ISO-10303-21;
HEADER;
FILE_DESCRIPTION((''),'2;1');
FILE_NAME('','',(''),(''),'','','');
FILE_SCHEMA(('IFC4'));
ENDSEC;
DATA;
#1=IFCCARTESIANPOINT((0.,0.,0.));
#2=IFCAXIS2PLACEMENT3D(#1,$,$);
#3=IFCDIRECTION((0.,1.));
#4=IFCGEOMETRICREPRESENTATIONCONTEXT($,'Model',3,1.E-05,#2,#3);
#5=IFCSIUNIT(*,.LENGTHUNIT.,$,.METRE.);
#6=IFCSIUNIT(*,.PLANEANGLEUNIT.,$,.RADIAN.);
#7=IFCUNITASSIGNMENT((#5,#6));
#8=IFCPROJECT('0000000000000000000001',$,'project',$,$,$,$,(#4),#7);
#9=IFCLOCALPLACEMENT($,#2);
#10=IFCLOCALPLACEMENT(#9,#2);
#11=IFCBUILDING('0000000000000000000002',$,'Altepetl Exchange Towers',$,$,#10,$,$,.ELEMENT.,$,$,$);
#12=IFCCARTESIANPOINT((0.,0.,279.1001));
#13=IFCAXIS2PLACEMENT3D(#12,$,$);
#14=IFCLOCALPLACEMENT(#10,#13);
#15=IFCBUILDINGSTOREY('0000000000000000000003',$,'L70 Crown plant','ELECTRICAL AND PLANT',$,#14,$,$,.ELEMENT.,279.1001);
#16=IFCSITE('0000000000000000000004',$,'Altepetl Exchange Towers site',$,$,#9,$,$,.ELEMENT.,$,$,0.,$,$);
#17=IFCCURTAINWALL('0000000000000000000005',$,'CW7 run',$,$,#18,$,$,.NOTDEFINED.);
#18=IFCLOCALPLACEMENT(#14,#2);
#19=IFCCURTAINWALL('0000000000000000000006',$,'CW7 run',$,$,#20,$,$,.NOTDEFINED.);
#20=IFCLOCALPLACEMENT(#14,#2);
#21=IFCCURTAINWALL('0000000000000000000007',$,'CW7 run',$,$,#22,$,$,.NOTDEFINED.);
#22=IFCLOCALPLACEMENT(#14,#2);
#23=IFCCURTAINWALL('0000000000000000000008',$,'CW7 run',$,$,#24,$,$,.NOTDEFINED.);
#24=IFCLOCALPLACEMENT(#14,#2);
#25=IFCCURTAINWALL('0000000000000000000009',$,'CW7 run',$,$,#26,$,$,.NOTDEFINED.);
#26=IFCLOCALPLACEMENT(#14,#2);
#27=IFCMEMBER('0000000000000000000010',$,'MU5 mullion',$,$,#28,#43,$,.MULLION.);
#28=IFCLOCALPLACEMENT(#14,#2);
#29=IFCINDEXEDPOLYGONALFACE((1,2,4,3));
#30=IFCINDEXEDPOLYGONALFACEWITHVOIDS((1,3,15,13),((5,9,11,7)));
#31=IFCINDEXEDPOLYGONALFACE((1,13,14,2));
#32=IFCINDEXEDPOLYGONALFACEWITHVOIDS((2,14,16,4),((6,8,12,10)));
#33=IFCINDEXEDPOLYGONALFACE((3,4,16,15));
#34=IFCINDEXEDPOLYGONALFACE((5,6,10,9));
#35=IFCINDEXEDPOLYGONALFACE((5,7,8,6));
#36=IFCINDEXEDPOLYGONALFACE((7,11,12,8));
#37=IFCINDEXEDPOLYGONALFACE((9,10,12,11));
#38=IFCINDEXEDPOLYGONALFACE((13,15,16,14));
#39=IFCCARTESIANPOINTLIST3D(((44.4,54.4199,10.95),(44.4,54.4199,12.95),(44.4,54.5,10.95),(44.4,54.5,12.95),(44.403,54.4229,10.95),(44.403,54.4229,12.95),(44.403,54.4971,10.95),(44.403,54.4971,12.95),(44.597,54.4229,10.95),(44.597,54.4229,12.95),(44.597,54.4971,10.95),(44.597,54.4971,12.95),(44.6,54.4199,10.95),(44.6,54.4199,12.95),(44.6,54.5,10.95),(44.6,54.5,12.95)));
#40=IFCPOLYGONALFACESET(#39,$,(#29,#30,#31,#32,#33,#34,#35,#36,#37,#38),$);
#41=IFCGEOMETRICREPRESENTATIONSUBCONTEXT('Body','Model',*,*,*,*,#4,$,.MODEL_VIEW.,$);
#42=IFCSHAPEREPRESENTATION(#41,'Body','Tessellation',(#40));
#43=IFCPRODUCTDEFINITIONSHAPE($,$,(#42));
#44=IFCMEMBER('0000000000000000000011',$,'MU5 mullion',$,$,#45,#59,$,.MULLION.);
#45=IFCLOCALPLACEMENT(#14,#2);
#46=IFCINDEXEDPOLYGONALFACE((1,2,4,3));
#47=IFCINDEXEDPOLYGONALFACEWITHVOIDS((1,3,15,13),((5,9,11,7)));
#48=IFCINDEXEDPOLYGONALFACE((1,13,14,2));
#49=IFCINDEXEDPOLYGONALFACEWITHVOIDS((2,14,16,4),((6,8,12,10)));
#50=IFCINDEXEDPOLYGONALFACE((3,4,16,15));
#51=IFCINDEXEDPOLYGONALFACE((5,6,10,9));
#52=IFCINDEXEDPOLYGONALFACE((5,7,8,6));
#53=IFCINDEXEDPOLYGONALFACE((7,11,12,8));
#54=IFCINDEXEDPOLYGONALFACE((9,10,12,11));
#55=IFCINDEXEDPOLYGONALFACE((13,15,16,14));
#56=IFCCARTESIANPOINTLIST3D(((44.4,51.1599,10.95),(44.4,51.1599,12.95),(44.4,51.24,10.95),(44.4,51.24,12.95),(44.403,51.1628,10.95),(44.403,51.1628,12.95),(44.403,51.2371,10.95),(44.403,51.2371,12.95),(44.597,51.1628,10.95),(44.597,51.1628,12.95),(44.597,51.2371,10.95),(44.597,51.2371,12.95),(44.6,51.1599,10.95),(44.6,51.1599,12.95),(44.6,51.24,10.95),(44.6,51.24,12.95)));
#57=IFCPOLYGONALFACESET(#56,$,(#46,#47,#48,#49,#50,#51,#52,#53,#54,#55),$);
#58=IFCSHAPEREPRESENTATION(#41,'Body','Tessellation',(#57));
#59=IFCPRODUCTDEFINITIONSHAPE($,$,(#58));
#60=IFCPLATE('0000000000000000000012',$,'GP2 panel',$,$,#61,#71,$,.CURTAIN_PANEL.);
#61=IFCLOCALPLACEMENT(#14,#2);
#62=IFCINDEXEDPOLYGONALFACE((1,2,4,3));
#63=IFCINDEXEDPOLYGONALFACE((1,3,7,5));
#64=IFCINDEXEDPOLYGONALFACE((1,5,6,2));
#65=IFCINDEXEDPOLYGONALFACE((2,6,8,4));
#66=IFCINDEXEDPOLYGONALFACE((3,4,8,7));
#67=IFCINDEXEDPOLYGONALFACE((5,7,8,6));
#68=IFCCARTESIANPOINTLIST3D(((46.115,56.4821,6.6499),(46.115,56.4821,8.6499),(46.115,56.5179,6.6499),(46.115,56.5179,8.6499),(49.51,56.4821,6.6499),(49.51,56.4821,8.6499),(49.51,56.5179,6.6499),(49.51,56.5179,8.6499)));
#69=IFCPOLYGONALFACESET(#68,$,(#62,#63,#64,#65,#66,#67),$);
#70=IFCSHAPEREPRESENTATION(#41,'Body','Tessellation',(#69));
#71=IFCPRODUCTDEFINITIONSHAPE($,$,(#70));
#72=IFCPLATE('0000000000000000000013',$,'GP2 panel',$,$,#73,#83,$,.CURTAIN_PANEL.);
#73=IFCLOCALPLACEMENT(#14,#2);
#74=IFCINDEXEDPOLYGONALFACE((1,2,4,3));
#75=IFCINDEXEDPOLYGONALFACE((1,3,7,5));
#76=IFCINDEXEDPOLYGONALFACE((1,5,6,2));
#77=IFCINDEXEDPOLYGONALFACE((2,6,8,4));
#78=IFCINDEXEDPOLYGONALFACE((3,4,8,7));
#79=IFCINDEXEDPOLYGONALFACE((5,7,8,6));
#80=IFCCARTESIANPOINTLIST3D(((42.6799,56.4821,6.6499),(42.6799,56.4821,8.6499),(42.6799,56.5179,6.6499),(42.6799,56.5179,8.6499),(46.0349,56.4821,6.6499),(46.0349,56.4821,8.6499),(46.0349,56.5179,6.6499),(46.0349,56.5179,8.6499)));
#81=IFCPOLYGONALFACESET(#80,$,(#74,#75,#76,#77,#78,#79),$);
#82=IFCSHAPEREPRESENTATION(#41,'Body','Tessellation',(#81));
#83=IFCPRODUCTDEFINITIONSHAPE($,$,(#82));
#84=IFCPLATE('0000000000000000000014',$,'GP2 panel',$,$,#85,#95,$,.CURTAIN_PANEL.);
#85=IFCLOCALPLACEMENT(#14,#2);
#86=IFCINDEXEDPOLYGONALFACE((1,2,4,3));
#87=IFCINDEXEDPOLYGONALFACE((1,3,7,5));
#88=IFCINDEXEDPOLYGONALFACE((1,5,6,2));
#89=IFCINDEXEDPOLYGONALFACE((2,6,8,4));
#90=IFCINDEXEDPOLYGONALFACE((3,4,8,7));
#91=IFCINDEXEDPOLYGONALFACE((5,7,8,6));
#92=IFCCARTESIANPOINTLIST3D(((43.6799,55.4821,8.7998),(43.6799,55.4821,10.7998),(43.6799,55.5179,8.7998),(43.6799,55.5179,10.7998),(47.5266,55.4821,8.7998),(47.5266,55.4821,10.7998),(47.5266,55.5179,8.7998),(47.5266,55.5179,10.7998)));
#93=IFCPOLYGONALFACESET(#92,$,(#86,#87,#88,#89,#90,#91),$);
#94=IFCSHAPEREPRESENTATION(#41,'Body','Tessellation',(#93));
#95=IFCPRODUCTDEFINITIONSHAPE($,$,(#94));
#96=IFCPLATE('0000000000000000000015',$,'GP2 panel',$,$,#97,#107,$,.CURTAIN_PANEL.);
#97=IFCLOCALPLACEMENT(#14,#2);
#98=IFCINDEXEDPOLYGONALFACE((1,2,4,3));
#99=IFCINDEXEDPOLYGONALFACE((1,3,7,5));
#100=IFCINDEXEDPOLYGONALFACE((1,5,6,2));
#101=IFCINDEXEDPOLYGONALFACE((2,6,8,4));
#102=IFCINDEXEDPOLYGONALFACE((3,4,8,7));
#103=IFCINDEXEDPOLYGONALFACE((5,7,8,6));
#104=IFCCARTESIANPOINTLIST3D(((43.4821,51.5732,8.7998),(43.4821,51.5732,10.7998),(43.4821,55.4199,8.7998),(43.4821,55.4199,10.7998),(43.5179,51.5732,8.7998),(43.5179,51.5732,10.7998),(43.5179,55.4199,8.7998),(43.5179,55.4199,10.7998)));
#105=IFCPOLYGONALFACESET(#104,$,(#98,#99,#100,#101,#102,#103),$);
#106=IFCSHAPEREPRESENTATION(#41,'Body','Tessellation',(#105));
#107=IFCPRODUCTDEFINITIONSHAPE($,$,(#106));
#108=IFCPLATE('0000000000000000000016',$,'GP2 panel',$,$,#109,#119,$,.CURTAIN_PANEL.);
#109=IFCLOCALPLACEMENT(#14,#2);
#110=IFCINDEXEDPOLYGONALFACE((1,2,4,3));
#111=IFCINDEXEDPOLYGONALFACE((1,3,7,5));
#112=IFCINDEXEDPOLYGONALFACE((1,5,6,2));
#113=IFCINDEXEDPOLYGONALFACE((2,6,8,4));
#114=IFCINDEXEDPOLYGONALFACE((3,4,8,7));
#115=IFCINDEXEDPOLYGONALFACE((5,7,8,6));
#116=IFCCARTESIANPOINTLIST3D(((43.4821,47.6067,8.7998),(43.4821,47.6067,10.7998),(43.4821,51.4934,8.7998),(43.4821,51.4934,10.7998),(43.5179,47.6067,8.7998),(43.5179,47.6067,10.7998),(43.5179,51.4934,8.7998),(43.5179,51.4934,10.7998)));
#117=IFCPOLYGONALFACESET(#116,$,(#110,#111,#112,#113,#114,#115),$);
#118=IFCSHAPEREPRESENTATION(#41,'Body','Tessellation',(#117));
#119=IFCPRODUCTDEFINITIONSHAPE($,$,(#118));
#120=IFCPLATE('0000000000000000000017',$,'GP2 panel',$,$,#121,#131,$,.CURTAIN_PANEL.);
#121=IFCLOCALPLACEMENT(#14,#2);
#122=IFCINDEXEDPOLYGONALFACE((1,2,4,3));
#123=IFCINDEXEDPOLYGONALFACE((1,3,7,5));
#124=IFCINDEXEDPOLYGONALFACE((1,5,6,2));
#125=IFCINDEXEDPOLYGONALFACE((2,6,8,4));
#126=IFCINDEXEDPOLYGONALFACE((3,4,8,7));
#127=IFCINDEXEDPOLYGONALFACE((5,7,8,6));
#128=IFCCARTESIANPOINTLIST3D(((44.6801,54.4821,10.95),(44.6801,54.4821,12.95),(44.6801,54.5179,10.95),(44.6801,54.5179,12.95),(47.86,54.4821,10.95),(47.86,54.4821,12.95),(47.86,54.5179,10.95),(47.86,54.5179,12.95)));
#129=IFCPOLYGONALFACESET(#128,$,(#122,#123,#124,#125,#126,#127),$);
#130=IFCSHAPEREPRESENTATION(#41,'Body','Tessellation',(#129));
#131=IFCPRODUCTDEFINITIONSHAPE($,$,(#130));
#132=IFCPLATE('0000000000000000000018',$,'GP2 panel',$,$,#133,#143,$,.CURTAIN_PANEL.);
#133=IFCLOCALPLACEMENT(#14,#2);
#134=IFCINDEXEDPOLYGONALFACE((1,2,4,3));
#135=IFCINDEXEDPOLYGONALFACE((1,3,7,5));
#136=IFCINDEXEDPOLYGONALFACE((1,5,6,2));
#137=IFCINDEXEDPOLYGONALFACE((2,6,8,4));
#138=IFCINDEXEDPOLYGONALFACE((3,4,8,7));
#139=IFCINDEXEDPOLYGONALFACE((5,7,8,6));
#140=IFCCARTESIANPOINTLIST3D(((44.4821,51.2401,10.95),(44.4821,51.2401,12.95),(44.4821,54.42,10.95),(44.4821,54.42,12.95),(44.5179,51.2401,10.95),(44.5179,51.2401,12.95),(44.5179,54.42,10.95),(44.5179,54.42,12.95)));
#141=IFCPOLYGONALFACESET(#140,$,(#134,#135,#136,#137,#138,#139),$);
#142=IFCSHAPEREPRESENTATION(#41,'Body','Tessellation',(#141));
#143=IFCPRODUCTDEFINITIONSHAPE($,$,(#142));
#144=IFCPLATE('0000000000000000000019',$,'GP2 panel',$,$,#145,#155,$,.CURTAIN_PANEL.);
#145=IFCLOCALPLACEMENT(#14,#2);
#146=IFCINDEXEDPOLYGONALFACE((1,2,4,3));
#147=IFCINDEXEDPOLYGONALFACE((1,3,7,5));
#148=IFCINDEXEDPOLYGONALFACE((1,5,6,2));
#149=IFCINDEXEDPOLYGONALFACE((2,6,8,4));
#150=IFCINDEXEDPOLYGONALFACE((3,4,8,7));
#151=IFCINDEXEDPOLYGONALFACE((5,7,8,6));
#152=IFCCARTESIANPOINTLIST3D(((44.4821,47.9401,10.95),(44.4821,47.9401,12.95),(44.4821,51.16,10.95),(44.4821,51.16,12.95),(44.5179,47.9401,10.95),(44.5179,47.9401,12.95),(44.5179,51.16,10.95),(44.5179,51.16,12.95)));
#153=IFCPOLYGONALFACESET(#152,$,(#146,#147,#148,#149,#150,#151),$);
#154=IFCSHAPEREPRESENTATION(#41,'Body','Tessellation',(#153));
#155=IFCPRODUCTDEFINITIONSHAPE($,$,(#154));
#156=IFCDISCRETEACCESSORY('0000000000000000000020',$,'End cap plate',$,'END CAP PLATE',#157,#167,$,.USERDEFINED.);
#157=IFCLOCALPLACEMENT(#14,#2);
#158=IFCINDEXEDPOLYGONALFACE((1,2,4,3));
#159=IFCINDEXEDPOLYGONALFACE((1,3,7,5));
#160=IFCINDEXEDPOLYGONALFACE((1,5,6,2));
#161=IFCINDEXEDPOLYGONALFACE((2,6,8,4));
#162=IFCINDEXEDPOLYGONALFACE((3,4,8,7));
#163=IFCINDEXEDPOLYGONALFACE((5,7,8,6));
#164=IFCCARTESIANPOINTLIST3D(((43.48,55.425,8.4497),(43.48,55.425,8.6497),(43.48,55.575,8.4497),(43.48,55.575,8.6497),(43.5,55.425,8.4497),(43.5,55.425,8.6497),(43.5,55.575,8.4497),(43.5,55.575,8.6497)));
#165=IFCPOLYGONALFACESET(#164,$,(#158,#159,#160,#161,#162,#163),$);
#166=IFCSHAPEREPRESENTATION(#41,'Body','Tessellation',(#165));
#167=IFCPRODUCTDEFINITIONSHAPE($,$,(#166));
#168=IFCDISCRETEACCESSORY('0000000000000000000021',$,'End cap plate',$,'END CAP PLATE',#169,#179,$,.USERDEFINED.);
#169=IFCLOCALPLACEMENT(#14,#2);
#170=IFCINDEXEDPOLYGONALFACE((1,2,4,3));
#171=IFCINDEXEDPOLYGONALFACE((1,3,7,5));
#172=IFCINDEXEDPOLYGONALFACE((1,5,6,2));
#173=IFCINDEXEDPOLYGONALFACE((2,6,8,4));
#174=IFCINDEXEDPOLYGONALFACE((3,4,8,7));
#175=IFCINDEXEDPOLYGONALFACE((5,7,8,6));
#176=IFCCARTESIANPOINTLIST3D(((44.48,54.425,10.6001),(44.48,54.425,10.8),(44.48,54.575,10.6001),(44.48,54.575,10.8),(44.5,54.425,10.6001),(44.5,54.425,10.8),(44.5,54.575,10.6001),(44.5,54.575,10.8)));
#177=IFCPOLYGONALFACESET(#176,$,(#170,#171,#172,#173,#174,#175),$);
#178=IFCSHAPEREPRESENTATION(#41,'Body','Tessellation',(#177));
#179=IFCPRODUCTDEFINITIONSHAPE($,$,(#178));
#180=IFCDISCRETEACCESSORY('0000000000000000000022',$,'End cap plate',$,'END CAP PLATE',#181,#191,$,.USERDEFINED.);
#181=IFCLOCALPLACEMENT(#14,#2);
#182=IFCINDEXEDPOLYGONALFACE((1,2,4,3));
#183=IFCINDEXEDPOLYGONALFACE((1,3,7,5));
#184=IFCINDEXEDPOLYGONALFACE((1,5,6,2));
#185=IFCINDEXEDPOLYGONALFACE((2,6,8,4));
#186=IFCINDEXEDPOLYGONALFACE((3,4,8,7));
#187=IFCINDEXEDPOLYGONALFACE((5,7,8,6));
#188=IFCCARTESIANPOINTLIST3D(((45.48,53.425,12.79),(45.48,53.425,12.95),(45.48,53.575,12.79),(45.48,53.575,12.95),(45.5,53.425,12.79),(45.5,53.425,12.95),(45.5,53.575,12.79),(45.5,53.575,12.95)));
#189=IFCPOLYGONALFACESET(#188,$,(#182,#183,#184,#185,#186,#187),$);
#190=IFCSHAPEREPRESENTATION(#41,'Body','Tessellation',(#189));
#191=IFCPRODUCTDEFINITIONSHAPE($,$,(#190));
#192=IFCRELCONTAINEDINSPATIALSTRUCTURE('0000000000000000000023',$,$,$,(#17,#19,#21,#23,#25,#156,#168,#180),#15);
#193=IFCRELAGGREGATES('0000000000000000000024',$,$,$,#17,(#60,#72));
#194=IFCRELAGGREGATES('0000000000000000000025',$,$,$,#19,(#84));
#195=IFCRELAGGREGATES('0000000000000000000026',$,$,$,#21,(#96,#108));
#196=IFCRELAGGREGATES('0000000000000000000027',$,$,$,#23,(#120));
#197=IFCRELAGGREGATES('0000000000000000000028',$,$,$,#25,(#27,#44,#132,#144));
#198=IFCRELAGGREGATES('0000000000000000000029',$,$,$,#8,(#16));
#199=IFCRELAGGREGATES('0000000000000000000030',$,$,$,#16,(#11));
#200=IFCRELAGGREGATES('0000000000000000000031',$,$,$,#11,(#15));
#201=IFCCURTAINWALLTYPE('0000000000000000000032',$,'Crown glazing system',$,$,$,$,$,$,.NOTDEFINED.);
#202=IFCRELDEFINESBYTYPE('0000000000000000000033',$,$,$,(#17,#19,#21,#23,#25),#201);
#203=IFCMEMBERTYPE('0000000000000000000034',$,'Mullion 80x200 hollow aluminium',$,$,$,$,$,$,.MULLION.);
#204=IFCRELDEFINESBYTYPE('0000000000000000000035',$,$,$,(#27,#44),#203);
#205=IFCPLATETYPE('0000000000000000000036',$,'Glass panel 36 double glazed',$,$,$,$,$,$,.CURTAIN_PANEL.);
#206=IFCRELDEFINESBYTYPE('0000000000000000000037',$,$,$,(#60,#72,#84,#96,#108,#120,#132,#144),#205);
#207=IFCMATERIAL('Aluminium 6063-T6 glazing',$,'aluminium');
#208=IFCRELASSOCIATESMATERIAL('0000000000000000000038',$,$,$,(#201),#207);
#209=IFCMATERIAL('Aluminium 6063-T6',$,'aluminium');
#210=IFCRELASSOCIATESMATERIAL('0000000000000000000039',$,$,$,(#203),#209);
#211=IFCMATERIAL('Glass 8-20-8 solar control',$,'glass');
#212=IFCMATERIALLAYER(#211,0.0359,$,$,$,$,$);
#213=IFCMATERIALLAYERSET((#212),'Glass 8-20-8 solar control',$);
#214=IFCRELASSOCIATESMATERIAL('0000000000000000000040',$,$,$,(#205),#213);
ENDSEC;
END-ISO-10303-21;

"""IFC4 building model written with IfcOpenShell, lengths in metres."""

from ifc_helpers import new_model, si_unit, direction, frame, origin, origin_2d, place, context, subcontext, project, spatial, rectangle, hollow_rectangle, extrude, material, layer, layer_set, material_profile, profile_set, type_object, element, aggregate, save


model = new_model("IFC4")

# Units and contexts
model_context = context("Model", 3, precision=1e-05, world=origin(), true_north=direction((0.0, 1.0)))
body_context = subcontext(model_context, "Body", "Model", "MODEL_VIEW")
ifc_project = project(units=[si_unit("LENGTHUNIT", "METRE"), si_unit("PLANEANGLEUNIT", "RADIAN")], contexts=[model_context])

# Site, building, storey
site_placement = place(None, origin())
site = spatial("IfcSite", under=ifc_project, at=site_placement, Name="Altepetl Exchange Towers site", CompositionType="ELEMENT", RefElevation=0.0)
building_placement = place(site_placement, origin())
building = spatial("IfcBuilding", under=site, at=building_placement, Name="Altepetl Exchange Towers", CompositionType="ELEMENT")
storey_placement = place(building_placement, frame((0.0, 0.0, 279.1001)))
storey = spatial("IfcBuildingStorey", under=building, at=storey_placement, Name="L70 Crown plant", Description="ELECTRICAL AND PLANT", CompositionType="ELEMENT", Elevation=279.1001)

# Curtain wall
ifc_material_1 = material(Name="Aluminium 6063-T6 glazing", Category="aluminium")
curtain_wall_type = type_object("IfcCurtainWallType", Name="Crown glazing system", PredefinedType="NOTDEFINED", material=ifc_material_1)
curtain_wall_1_placement = place(storey_placement, origin())
curtain_wall_1 = element("IfcCurtainWall", 1, at=curtain_wall_1_placement, inside=storey, type_object=curtain_wall_type, Name="CW7 run", PredefinedType="NOTDEFINED")
ifc_material_2 = material(Name="Aluminium 6063-T6", Category="aluminium")
ifc_material_profile_1 = material_profile(ifc_material_2, hollow_rectangle(XDim=0.0801, YDim=0.2, WallThickness=0.0029, at=origin_2d()), Name="Mullion 80x200 hollow aluminium")
ifc_profile_set_1 = profile_set([ifc_material_profile_1], Name="Aluminium 6063-T6")
member_type = type_object("IfcMemberType", Name="Mullion 80x200 hollow aluminium", PredefinedType="MULLION", material=ifc_profile_set_1)

# Curtain walls, members
curtain_wall_2_placement = place(storey_placement, origin())
curtain_wall_2 = element("IfcCurtainWall", 2, at=curtain_wall_2_placement, inside=storey, type_object=curtain_wall_type, Name="CW7 run", PredefinedType="NOTDEFINED")
curtain_wall_3_placement = place(storey_placement, origin())
curtain_wall_3 = element("IfcCurtainWall", 3, at=curtain_wall_3_placement, inside=storey, type_object=curtain_wall_type, Name="CW7 run", PredefinedType="NOTDEFINED")
curtain_wall_4_placement = place(storey_placement, origin())
curtain_wall_4 = element("IfcCurtainWall", 4, at=curtain_wall_4_placement, inside=storey, type_object=curtain_wall_type, Name="CW7 run", PredefinedType="NOTDEFINED")
curtain_wall_5_placement = place(storey_placement, origin())
curtain_wall_5 = element("IfcCurtainWall", 5, at=curtain_wall_5_placement, inside=storey, type_object=curtain_wall_type, Name="CW7 run", PredefinedType="NOTDEFINED")
member_1_placement = place(storey_placement, frame((44.5, 54.46, 10.95), z_axis=(0.0, 0.0, 1.0), x_axis=(0.0, -1.0, 0.0)))
member_1 = element("IfcMember", 6, at=member_1_placement, type_object=member_type, Name="MU5 mullion", PredefinedType="MULLION", context=body_context, shape_type="SweptSolid", body=[
    extrude(hollow_rectangle(XDim=0.0801, YDim=0.2, WallThickness=0.0029, at=origin_2d()), origin(), (0.0, 0.0, 1.0), 2.0),
])
member_2_placement = place(storey_placement, frame((44.5, 51.2, 10.95), z_axis=(0.0, 0.0, 1.0), x_axis=(0.0, -1.0, 0.0)))
member_2 = element("IfcMember", 7, at=member_2_placement, type_object=member_type, Name="MU5 mullion", PredefinedType="MULLION", context=body_context, shape_type="SweptSolid", body=[
    extrude(hollow_rectangle(XDim=0.0801, YDim=0.2, WallThickness=0.0029, at=origin_2d()), origin(), (0.0, 0.0, 1.0), 2.0),
])

# Plates
ifc_material_3 = material(Name="Glass 8-20-8 solar control", Category="glass")
ifc_layer = layer(ifc_material_3, 0.0359)
ifc_layer_set = layer_set([ifc_layer], Name="Glass 8-20-8 solar control")
plate_type = type_object("IfcPlateType", Name="Glass panel 36 double glazed", PredefinedType="CURTAIN_PANEL", material=ifc_layer_set)
plate_1_placement = place(storey_placement, frame((47.8125, 56.5, 6.6499), z_axis=(0.0, 0.0, 1.0), x_axis=(-1.0, 0.0, 0.0)))
plate_1 = element("IfcPlate", 8, at=plate_1_placement, type_object=plate_type, Name="GP2 panel", PredefinedType="CURTAIN_PANEL", context=body_context, shape_type="SweptSolid", body=[
    extrude(rectangle(XDim=3.395, YDim=0.0359, at=origin_2d()), origin(), (0.0, 0.0, 1.0), 2.0),
])
plate_2_placement = place(storey_placement, frame((44.3574, 56.5, 6.6499), z_axis=(0.0, 0.0, 1.0), x_axis=(-1.0, 0.0, 0.0)))
plate_2 = element("IfcPlate", 9, at=plate_2_placement, type_object=plate_type, Name="GP2 panel", PredefinedType="CURTAIN_PANEL", context=body_context, shape_type="SweptSolid", body=[
    extrude(rectangle(XDim=3.355, YDim=0.0359, at=origin_2d()), origin(), (0.0, 0.0, 1.0), 2.0),
])
aggregate(curtain_wall_1, [plate_1, plate_2])
plate_3_placement = place(storey_placement, frame((45.6033, 55.5, 8.7998), z_axis=(0.0, 0.0, 1.0), x_axis=(-1.0, 0.0, 0.0)))
plate_3 = element("IfcPlate", 10, at=plate_3_placement, type_object=plate_type, Name="GP2 panel", PredefinedType="CURTAIN_PANEL", context=body_context, shape_type="SweptSolid", body=[
    extrude(rectangle(XDim=3.8467, YDim=0.0359, at=origin_2d()), origin(), (0.0, 0.0, 1.0), 2.0),
])
aggregate(curtain_wall_2, [plate_3])
plate_4_placement = place(storey_placement, frame((43.5, 53.4966, 8.7998), z_axis=(0.0, 0.0, 1.0), x_axis=(0.0, -1.0, 0.0)))
plate_4 = element("IfcPlate", 11, at=plate_4_placement, type_object=plate_type, Name="GP2 panel", PredefinedType="CURTAIN_PANEL", context=body_context, shape_type="SweptSolid", body=[
    extrude(rectangle(XDim=3.8467, YDim=0.0359, at=origin_2d()), origin(), (0.0, 0.0, 1.0), 2.0),
])
plate_5_placement = place(storey_placement, frame((43.5, 49.55, 8.7998), z_axis=(0.0, 0.0, 1.0), x_axis=(0.0, -1.0, 0.0)))
plate_5 = element("IfcPlate", 12, at=plate_5_placement, type_object=plate_type, Name="GP2 panel", PredefinedType="CURTAIN_PANEL", context=body_context, shape_type="SweptSolid", body=[
    extrude(rectangle(XDim=3.8867, YDim=0.0359, at=origin_2d()), origin(), (0.0, 0.0, 1.0), 2.0),
])
aggregate(curtain_wall_3, [plate_4, plate_5])
plate_6_placement = place(storey_placement, frame((46.27, 54.5, 10.95), z_axis=(0.0, 0.0, 1.0), x_axis=(-1.0, 0.0, 0.0)))
plate_6 = element("IfcPlate", 13, at=plate_6_placement, type_object=plate_type, Name="GP2 panel", PredefinedType="CURTAIN_PANEL", context=body_context, shape_type="SweptSolid", body=[
    extrude(rectangle(XDim=3.1799, YDim=0.0359, at=origin_2d()), origin(), (0.0, 0.0, 1.0), 2.0),
])
aggregate(curtain_wall_4, [plate_6])
plate_7_placement = place(storey_placement, frame((44.5, 52.8301, 10.95), z_axis=(0.0, 0.0, 1.0), x_axis=(0.0, -1.0, 0.0)))
plate_7 = element("IfcPlate", 14, at=plate_7_placement, type_object=plate_type, Name="GP2 panel", PredefinedType="CURTAIN_PANEL", context=body_context, shape_type="SweptSolid", body=[
    extrude(rectangle(XDim=3.1799, YDim=0.0359, at=origin_2d()), origin(), (0.0, 0.0, 1.0), 2.0),
])
plate_8_placement = place(storey_placement, frame((44.5, 49.55, 10.95), z_axis=(0.0, 0.0, 1.0), x_axis=(0.0, -1.0, 0.0)))
plate_8 = element("IfcPlate", 15, at=plate_8_placement, type_object=plate_type, Name="GP2 panel", PredefinedType="CURTAIN_PANEL", context=body_context, shape_type="SweptSolid", body=[
    extrude(rectangle(XDim=3.22, YDim=0.0359, at=origin_2d()), origin(), (0.0, 0.0, 1.0), 2.0),
])
aggregate(curtain_wall_5, [member_1, member_2, plate_7, plate_8])

# Discrete accessories
for number, where, z_axis, x_axis, name in (
    (16, (43.49, 55.5, 8.4497), (0.0, 0.0, 1.0), (-1.0, 0.0, 0.0), "End cap plate"),
    (17, (44.49, 54.5, 10.6001), (0.0, 0.0, 1.0), (-1.0, 0.0, 0.0), "End cap plate"),
):
    element("IfcDiscreteAccessory", number, at=place(storey_placement, frame(where, z_axis=z_axis, x_axis=x_axis)), inside=storey, Name=name, ObjectType="END CAP PLATE", PredefinedType="USERDEFINED", context=body_context, shape_type="SweptSolid", body=[
        extrude(rectangle(XDim=0.02, YDim=0.1499, at=origin_2d()), origin(), (0.0, 0.0, 1.0), 0.2),
    ])
discrete_accessory_placement = place(storey_placement, frame((45.49, 53.5, 12.79), z_axis=(0.0, 0.0, 1.0), x_axis=(-1.0, 0.0, 0.0)))
element("IfcDiscreteAccessory", 18, at=discrete_accessory_placement, inside=storey, Name="End cap plate", ObjectType="END CAP PLATE", PredefinedType="USERDEFINED", context=body_context, shape_type="SweptSolid", body=[
    extrude(rectangle(XDim=0.02, YDim=0.1499, at=origin_2d()), origin(), (0.0, 0.0, 1.0), 0.1599),
])

save(model, "model.ifc")
